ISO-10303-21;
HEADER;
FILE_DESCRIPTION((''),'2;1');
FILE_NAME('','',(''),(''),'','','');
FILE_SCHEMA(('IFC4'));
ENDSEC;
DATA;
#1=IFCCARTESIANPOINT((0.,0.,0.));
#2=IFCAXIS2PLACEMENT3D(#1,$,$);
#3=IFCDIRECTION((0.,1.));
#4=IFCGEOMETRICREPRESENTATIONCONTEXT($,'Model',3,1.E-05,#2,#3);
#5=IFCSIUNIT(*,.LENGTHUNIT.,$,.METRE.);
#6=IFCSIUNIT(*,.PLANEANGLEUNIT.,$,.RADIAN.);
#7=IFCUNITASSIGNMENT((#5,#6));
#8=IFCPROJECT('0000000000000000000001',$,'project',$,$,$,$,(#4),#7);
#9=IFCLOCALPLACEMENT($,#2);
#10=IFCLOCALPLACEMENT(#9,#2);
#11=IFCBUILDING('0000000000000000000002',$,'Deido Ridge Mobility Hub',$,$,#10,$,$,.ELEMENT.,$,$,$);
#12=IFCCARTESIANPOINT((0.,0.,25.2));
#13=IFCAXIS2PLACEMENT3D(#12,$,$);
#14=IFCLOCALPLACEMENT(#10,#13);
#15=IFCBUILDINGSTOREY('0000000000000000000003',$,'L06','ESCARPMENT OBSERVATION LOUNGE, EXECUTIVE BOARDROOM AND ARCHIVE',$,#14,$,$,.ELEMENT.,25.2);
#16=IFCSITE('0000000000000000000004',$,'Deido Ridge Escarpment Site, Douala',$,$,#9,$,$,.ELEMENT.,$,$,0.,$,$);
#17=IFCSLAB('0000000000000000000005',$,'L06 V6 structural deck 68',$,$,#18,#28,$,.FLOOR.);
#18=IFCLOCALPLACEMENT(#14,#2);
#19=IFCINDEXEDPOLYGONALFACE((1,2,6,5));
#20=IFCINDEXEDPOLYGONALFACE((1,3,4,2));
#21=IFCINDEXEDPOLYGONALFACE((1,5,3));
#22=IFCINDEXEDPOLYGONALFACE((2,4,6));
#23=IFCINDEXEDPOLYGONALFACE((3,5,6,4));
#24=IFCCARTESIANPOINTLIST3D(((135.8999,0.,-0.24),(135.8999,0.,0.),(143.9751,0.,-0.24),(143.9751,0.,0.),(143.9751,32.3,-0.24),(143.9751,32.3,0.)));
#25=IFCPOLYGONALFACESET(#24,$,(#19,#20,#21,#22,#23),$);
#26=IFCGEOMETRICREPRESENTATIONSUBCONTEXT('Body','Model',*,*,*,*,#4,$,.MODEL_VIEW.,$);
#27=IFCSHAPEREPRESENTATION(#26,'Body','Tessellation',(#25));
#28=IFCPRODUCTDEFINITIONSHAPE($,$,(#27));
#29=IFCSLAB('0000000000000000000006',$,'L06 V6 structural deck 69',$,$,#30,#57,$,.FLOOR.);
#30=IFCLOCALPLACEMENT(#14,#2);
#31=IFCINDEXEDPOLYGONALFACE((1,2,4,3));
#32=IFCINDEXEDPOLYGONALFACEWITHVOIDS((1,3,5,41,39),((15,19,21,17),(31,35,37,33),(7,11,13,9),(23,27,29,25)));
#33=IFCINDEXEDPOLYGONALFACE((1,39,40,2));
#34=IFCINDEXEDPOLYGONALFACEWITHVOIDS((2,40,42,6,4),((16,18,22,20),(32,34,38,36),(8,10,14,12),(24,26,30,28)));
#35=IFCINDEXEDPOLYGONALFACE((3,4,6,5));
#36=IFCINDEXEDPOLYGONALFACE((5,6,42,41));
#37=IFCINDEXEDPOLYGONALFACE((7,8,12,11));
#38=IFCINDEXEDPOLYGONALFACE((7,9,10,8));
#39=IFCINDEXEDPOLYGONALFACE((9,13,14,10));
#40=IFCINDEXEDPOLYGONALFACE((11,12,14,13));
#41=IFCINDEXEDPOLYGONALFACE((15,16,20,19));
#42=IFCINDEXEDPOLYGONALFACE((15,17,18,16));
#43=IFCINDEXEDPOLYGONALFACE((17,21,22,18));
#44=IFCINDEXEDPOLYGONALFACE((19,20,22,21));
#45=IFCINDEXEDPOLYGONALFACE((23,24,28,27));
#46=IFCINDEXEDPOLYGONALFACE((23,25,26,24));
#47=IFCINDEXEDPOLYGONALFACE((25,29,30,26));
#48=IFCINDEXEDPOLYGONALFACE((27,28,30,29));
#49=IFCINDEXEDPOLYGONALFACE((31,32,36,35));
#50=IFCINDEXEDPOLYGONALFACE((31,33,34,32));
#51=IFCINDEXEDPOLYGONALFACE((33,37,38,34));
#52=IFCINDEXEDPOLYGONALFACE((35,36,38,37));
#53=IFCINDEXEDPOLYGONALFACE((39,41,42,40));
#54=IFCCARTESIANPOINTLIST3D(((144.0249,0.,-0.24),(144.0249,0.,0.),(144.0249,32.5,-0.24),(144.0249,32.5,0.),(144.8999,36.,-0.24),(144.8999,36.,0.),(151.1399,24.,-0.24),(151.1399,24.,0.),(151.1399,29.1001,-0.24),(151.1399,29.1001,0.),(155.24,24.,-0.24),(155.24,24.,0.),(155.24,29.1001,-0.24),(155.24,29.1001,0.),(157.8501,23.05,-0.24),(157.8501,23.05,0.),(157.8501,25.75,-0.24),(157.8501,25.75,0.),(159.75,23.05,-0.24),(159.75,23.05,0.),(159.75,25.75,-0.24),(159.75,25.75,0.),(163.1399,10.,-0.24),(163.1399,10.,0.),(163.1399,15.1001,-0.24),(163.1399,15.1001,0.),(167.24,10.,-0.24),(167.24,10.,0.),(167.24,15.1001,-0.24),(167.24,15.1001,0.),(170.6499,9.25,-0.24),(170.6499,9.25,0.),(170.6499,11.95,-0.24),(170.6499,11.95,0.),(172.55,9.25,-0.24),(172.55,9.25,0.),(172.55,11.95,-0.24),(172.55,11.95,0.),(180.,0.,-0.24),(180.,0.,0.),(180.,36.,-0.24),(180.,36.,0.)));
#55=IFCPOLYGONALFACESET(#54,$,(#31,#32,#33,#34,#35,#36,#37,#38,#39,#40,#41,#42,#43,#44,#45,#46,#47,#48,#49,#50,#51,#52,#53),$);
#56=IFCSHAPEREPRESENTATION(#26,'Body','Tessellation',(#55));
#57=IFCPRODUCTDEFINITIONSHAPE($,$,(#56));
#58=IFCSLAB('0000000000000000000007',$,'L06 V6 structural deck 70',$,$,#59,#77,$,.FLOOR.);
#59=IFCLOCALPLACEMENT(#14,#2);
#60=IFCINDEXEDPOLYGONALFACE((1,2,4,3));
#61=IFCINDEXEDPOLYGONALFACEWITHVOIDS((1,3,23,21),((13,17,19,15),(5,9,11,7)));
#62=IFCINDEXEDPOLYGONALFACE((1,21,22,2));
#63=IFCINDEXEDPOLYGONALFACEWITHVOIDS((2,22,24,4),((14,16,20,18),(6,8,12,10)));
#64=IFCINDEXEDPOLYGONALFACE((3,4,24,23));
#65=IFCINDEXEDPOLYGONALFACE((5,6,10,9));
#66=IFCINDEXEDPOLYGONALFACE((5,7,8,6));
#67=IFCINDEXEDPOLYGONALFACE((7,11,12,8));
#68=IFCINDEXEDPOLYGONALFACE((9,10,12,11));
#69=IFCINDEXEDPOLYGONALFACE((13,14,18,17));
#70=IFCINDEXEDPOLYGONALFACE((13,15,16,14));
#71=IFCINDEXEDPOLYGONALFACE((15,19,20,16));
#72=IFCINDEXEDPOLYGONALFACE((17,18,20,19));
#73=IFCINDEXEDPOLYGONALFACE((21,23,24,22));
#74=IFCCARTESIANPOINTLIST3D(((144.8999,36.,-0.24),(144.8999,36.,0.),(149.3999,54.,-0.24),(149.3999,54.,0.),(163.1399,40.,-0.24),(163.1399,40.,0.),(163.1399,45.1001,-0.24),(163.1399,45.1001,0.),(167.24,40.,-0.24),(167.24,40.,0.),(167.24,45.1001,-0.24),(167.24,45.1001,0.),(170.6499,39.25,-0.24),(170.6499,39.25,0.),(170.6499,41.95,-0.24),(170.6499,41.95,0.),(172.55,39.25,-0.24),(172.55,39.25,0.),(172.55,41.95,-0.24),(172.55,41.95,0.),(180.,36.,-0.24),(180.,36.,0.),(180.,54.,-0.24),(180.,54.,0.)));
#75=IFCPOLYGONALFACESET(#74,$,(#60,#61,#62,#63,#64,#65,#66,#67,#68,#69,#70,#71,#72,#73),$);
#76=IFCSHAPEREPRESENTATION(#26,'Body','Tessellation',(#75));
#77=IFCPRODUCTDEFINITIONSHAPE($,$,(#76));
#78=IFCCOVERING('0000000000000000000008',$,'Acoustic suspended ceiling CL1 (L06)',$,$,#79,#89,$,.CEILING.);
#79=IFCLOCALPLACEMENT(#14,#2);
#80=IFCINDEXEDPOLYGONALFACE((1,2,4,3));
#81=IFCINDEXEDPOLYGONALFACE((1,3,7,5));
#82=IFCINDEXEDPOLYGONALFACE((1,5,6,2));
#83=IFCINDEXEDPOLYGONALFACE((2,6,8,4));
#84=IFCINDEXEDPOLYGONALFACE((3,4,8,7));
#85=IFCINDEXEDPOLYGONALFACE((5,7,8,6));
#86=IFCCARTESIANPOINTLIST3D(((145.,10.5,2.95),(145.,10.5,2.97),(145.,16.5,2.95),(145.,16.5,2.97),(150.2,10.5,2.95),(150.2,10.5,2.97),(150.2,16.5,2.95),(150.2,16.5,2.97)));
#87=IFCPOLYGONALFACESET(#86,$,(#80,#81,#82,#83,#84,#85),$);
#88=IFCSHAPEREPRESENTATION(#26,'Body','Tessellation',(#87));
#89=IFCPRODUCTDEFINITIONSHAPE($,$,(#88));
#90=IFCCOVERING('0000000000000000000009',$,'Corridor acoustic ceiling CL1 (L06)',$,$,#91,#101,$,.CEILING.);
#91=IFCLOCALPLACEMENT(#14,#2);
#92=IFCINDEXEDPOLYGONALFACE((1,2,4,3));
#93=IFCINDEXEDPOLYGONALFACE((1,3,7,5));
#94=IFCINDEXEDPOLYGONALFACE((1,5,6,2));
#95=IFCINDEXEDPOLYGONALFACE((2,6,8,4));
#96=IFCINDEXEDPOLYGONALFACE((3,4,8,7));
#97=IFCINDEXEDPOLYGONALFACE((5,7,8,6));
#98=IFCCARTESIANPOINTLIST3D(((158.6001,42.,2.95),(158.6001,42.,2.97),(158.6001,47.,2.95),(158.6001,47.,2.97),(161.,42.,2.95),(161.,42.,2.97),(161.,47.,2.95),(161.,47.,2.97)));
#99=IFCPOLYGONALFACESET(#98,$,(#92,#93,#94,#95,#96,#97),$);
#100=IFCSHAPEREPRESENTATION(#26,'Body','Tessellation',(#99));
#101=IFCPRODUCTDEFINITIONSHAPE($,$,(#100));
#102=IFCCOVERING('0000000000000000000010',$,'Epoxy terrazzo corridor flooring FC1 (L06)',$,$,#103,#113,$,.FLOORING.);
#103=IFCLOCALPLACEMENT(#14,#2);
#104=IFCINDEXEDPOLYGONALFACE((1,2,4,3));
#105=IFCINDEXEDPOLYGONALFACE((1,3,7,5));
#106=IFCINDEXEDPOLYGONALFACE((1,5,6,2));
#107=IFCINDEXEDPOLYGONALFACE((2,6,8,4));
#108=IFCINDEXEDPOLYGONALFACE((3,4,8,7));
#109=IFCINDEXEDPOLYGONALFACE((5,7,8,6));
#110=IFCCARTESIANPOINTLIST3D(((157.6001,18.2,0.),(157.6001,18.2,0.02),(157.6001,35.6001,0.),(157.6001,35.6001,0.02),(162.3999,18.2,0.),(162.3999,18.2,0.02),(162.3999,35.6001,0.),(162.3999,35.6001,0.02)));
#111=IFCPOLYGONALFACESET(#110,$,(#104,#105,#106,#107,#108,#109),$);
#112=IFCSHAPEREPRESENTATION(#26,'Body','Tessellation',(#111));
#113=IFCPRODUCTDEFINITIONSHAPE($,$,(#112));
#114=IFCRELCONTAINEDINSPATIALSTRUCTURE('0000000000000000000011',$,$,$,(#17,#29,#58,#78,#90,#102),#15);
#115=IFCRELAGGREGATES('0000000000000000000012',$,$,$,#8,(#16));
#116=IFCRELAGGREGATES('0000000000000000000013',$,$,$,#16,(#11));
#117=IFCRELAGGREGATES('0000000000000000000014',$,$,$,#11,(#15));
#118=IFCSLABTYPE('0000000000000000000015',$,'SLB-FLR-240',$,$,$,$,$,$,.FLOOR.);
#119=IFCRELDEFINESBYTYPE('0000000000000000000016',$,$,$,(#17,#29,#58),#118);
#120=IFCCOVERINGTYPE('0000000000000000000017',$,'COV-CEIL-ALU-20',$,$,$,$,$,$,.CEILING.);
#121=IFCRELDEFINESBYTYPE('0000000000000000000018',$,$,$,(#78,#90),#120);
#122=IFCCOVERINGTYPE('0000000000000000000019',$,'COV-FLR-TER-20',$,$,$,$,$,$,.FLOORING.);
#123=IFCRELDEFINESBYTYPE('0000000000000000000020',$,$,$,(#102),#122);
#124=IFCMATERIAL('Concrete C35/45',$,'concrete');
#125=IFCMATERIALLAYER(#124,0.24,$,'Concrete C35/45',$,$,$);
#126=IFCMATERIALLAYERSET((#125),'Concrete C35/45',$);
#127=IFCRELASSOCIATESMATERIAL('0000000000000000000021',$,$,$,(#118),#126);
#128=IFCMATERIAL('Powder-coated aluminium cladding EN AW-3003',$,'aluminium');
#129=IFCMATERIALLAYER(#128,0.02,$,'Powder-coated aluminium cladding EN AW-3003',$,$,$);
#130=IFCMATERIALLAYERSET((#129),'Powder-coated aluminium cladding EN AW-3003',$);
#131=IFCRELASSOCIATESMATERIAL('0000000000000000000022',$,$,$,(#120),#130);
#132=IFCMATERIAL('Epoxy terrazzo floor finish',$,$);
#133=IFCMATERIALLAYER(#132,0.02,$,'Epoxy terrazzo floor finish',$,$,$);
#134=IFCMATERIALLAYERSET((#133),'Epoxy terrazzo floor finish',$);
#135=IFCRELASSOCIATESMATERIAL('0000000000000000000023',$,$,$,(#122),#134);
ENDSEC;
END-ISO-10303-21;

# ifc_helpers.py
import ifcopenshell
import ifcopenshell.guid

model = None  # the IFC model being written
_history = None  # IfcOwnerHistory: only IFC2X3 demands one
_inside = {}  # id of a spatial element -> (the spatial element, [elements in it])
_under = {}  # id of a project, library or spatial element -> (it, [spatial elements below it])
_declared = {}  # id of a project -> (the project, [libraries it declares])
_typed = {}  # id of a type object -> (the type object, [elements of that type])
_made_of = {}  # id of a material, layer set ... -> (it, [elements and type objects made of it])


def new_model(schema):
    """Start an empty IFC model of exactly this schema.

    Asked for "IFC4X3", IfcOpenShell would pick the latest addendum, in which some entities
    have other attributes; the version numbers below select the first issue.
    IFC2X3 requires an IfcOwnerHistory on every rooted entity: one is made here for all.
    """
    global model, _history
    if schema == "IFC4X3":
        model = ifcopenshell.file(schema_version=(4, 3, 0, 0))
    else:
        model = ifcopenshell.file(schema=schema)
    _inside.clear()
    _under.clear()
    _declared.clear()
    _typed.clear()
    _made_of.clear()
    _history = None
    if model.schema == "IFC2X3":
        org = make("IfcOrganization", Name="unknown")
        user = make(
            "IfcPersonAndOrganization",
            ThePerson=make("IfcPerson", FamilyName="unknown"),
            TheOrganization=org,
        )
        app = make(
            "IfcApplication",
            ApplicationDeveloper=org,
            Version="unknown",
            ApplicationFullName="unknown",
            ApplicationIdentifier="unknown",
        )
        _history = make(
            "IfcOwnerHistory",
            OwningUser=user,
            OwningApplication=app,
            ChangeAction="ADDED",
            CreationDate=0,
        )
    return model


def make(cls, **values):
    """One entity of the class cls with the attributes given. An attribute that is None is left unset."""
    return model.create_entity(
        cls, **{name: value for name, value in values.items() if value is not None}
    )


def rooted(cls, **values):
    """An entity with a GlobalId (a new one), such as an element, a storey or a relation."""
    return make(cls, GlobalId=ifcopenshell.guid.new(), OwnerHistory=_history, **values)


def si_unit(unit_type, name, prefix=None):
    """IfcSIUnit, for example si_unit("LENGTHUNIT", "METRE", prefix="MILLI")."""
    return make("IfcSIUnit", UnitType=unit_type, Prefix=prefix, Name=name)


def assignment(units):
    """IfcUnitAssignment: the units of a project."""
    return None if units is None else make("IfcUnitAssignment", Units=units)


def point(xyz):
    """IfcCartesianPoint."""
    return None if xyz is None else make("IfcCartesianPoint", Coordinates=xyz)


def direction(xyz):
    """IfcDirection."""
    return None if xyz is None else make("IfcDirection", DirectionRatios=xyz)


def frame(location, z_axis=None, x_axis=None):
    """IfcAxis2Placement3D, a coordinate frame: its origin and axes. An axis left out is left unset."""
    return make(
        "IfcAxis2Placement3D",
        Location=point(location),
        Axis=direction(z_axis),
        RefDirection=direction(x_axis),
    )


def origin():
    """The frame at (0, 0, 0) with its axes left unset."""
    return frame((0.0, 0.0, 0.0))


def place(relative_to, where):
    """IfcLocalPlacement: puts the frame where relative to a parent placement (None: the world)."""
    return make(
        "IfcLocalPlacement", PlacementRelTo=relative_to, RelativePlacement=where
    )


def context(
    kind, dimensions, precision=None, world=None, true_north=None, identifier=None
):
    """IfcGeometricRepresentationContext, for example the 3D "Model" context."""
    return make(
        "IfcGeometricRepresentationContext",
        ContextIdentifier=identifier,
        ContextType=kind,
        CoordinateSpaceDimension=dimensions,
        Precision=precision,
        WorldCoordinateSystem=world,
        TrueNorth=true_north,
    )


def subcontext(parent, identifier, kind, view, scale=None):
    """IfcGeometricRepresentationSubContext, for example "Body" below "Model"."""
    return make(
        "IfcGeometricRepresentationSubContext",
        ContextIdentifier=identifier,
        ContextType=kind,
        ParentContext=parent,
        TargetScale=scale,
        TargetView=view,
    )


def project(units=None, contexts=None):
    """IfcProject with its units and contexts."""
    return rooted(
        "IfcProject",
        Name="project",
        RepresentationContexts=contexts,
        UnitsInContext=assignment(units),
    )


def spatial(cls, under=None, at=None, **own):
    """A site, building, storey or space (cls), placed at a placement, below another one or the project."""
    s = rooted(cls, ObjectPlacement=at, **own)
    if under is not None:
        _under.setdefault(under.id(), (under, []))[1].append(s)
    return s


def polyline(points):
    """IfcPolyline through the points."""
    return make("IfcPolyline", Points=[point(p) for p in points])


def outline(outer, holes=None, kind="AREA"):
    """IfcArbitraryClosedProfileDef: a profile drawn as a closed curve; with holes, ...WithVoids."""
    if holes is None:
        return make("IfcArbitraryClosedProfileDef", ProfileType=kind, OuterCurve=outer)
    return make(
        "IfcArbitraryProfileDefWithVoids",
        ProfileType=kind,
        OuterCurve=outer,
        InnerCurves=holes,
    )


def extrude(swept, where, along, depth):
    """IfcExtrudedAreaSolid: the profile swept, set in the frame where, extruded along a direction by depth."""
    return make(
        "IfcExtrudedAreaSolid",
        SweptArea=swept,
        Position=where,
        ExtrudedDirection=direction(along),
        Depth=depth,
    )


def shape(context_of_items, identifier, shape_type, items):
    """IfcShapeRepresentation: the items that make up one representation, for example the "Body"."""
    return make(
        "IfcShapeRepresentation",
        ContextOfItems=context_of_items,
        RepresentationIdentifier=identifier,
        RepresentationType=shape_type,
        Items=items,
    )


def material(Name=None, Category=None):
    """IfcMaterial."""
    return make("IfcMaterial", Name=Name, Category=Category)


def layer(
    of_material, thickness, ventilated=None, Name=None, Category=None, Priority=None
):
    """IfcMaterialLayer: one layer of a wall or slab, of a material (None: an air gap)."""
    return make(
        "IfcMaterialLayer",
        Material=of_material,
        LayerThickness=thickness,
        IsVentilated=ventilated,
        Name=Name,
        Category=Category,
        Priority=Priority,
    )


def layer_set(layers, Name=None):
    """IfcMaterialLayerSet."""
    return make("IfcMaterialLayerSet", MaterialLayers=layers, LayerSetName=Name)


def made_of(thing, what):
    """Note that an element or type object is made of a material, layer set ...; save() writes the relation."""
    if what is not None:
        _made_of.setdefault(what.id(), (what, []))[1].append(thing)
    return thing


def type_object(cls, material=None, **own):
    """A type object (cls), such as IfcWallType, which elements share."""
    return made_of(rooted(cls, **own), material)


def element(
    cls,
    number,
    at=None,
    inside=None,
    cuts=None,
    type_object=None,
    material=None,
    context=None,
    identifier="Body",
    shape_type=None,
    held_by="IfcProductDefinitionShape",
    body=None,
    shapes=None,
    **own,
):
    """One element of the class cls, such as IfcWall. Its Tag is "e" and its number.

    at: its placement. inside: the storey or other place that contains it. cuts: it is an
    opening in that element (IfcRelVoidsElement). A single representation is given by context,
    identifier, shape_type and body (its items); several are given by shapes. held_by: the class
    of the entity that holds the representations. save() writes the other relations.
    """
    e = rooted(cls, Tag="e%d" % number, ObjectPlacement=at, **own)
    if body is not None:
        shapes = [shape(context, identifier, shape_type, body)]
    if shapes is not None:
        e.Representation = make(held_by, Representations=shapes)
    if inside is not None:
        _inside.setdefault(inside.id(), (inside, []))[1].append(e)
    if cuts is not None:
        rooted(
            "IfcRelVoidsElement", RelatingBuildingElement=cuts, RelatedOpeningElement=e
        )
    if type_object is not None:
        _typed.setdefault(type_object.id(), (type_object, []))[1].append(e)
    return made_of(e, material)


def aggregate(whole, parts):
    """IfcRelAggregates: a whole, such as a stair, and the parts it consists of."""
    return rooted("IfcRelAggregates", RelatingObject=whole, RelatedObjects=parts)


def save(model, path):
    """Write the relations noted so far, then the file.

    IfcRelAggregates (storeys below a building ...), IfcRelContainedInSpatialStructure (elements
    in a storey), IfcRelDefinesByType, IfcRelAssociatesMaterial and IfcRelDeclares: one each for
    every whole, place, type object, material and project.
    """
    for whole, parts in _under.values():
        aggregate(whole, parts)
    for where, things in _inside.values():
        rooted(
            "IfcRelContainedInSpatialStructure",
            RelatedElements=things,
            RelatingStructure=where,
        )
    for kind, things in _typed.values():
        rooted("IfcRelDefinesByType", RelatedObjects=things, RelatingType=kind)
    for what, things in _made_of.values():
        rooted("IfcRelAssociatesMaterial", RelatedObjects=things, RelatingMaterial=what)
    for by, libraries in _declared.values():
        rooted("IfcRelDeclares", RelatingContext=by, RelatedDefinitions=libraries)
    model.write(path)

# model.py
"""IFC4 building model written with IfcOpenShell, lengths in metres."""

from ifc_helpers import new_model, si_unit, direction, frame, origin, place, context, subcontext, project, spatial, polyline, outline, extrude, material, layer, layer_set, type_object, element, save


model = new_model("IFC4")

# Units and contexts
model_context = context("Model", 3, precision=1e-05, world=origin(), true_north=direction((0.0, 1.0)))
body_context = subcontext(model_context, "Body", "Model", "MODEL_VIEW")
ifc_project = project(units=[si_unit("LENGTHUNIT", "METRE"), si_unit("PLANEANGLEUNIT", "RADIAN")], contexts=[model_context])

# Site, building, storey
site_placement = place(None, origin())
site = spatial("IfcSite", under=ifc_project, at=site_placement, Name="Deido Ridge Escarpment Site, Douala", CompositionType="ELEMENT", RefElevation=0.0)
building_placement = place(site_placement, origin())
building = spatial("IfcBuilding", under=site, at=building_placement, Name="Deido Ridge Mobility Hub", CompositionType="ELEMENT")
storey_placement = place(building_placement, frame((0.0, 0.0, 25.2)))
storey = spatial("IfcBuildingStorey", under=building, at=storey_placement, Name="L06", Description="ESCARPMENT OBSERVATION LOUNGE, EXECUTIVE BOARDROOM AND ARCHIVE", CompositionType="ELEMENT", Elevation=25.2)

# Slabs
ifc_material_1 = material(Name="Concrete C35/45", Category="concrete")
ifc_layer_1 = layer(ifc_material_1, 0.24, Name="Concrete C35/45")
ifc_layer_set_1 = layer_set([ifc_layer_1], Name="Concrete C35/45")
slab_type_1 = type_object("IfcSlabType", Name="SLB-FLR-240", PredefinedType="FLOOR", material=ifc_layer_set_1)
slab_1_placement = place(storey_placement, frame((0.0, 0.0, -0.24)))
element("IfcSlab", 1, at=slab_1_placement, inside=storey, type_object=slab_type_1, Name="L06 V6 structural deck 68", PredefinedType="FLOOR", context=body_context, shape_type="SweptSolid", body=[
    extrude(outline(polyline([(143.9751, 32.3), (143.9751, 0.0), (135.8999, 0.0), (143.9751, 32.3)])), origin(), (0.0, 0.0, 1.0), 0.24),
])
slab_2_placement = place(storey_placement, frame((0.0, 0.0, -0.24)))
element("IfcSlab", 2, at=slab_2_placement, inside=storey, type_object=slab_type_1, Name="L06 V6 structural deck 69", PredefinedType="FLOOR", context=body_context, shape_type="SweptSolid", body=[
    extrude(outline(polyline([(144.8999, 36.0), (180.0, 36.0), (180.0, 0.0), (144.0249, 0.0), (144.0249, 32.5), (144.8999, 36.0)]), holes=[polyline([(172.55, 11.95), (172.55, 9.25), (170.6499, 9.25), (170.6499, 11.95), (172.55, 11.95)]), polyline([(167.24, 10.0), (163.1399, 10.0), (163.1399, 15.1001), (167.24, 15.1001), (167.24, 10.0)]), polyline([(159.75, 23.05), (157.8501, 23.05), (157.8501, 25.75), (159.75, 25.75), (159.75, 23.05)]), polyline([(155.24, 29.1001), (155.24, 24.0), (151.1399, 24.0), (151.1399, 29.1001), (155.24, 29.1001)])]), origin(), (0.0, 0.0, 1.0), 0.24),
])
slab_3_placement = place(storey_placement, frame((0.0, 0.0, -0.24)))
element("IfcSlab", 3, at=slab_3_placement, inside=storey, type_object=slab_type_1, Name="L06 V6 structural deck 70", PredefinedType="FLOOR", context=body_context, shape_type="SweptSolid", body=[
    extrude(outline(polyline([(180.0, 54.0), (180.0, 36.0), (144.8999, 36.0), (149.3999, 54.0), (180.0, 54.0)]), holes=[polyline([(172.55, 39.25), (170.6499, 39.25), (170.6499, 41.95), (172.55, 41.95), (172.55, 39.25)]), polyline([(167.24, 40.0), (163.1399, 40.0), (163.1399, 45.1001), (167.24, 45.1001), (167.24, 40.0)])]), origin(), (0.0, 0.0, 1.0), 0.24),
])

# Coverings
ifc_material_2 = material(Name="Powder-coated aluminium cladding EN AW-3003", Category="aluminium")
ifc_layer_2 = layer(ifc_material_2, 0.02, Name="Powder-coated aluminium cladding EN AW-3003")
ifc_layer_set_2 = layer_set([ifc_layer_2], Name="Powder-coated aluminium cladding EN AW-3003")
covering_type_1 = type_object("IfcCoveringType", Name="COV-CEIL-ALU-20", PredefinedType="CEILING", material=ifc_layer_set_2)
covering_1_placement = place(storey_placement, frame((0.0, 0.0, 2.95)))
element("IfcCovering", 4, at=covering_1_placement, inside=storey, type_object=covering_type_1, Name="Acoustic suspended ceiling CL1 (L06)", PredefinedType="CEILING", context=body_context, shape_type="SweptSolid", body=[
    extrude(outline(polyline([(145.0, 10.5), (150.2, 10.5), (150.2, 16.5), (145.0, 16.5), (145.0, 10.5)])), origin(), (0.0, 0.0, 1.0), 0.02),
])
covering_2_placement = place(storey_placement, frame((0.0, 0.0, 2.95)))
element("IfcCovering", 5, at=covering_2_placement, inside=storey, type_object=covering_type_1, Name="Corridor acoustic ceiling CL1 (L06)", PredefinedType="CEILING", context=body_context, shape_type="SweptSolid", body=[
    extrude(outline(polyline([(158.6001, 42.0), (161.0, 42.0), (161.0, 47.0), (158.6001, 47.0), (158.6001, 42.0)])), origin(), (0.0, 0.0, 1.0), 0.02),
])
ifc_material_3 = material(Name="Epoxy terrazzo floor finish")
ifc_layer_3 = layer(ifc_material_3, 0.02, Name="Epoxy terrazzo floor finish")
ifc_layer_set_3 = layer_set([ifc_layer_3], Name="Epoxy terrazzo floor finish")
covering_type_2 = type_object("IfcCoveringType", Name="COV-FLR-TER-20", PredefinedType="FLOORING", material=ifc_layer_set_3)
covering_3_placement = place(storey_placement, origin())
element("IfcCovering", 6, at=covering_3_placement, inside=storey, type_object=covering_type_2, Name="Epoxy terrazzo corridor flooring FC1 (L06)", PredefinedType="FLOORING", context=body_context, shape_type="SweptSolid", body=[
    extrude(outline(polyline([(157.6001, 18.2), (162.3999, 18.2), (162.3999, 35.6001), (157.6001, 35.6001), (157.6001, 18.2)])), origin(), (0.0, 0.0, 1.0), 0.02),
])

save(model, "model.ifc")
